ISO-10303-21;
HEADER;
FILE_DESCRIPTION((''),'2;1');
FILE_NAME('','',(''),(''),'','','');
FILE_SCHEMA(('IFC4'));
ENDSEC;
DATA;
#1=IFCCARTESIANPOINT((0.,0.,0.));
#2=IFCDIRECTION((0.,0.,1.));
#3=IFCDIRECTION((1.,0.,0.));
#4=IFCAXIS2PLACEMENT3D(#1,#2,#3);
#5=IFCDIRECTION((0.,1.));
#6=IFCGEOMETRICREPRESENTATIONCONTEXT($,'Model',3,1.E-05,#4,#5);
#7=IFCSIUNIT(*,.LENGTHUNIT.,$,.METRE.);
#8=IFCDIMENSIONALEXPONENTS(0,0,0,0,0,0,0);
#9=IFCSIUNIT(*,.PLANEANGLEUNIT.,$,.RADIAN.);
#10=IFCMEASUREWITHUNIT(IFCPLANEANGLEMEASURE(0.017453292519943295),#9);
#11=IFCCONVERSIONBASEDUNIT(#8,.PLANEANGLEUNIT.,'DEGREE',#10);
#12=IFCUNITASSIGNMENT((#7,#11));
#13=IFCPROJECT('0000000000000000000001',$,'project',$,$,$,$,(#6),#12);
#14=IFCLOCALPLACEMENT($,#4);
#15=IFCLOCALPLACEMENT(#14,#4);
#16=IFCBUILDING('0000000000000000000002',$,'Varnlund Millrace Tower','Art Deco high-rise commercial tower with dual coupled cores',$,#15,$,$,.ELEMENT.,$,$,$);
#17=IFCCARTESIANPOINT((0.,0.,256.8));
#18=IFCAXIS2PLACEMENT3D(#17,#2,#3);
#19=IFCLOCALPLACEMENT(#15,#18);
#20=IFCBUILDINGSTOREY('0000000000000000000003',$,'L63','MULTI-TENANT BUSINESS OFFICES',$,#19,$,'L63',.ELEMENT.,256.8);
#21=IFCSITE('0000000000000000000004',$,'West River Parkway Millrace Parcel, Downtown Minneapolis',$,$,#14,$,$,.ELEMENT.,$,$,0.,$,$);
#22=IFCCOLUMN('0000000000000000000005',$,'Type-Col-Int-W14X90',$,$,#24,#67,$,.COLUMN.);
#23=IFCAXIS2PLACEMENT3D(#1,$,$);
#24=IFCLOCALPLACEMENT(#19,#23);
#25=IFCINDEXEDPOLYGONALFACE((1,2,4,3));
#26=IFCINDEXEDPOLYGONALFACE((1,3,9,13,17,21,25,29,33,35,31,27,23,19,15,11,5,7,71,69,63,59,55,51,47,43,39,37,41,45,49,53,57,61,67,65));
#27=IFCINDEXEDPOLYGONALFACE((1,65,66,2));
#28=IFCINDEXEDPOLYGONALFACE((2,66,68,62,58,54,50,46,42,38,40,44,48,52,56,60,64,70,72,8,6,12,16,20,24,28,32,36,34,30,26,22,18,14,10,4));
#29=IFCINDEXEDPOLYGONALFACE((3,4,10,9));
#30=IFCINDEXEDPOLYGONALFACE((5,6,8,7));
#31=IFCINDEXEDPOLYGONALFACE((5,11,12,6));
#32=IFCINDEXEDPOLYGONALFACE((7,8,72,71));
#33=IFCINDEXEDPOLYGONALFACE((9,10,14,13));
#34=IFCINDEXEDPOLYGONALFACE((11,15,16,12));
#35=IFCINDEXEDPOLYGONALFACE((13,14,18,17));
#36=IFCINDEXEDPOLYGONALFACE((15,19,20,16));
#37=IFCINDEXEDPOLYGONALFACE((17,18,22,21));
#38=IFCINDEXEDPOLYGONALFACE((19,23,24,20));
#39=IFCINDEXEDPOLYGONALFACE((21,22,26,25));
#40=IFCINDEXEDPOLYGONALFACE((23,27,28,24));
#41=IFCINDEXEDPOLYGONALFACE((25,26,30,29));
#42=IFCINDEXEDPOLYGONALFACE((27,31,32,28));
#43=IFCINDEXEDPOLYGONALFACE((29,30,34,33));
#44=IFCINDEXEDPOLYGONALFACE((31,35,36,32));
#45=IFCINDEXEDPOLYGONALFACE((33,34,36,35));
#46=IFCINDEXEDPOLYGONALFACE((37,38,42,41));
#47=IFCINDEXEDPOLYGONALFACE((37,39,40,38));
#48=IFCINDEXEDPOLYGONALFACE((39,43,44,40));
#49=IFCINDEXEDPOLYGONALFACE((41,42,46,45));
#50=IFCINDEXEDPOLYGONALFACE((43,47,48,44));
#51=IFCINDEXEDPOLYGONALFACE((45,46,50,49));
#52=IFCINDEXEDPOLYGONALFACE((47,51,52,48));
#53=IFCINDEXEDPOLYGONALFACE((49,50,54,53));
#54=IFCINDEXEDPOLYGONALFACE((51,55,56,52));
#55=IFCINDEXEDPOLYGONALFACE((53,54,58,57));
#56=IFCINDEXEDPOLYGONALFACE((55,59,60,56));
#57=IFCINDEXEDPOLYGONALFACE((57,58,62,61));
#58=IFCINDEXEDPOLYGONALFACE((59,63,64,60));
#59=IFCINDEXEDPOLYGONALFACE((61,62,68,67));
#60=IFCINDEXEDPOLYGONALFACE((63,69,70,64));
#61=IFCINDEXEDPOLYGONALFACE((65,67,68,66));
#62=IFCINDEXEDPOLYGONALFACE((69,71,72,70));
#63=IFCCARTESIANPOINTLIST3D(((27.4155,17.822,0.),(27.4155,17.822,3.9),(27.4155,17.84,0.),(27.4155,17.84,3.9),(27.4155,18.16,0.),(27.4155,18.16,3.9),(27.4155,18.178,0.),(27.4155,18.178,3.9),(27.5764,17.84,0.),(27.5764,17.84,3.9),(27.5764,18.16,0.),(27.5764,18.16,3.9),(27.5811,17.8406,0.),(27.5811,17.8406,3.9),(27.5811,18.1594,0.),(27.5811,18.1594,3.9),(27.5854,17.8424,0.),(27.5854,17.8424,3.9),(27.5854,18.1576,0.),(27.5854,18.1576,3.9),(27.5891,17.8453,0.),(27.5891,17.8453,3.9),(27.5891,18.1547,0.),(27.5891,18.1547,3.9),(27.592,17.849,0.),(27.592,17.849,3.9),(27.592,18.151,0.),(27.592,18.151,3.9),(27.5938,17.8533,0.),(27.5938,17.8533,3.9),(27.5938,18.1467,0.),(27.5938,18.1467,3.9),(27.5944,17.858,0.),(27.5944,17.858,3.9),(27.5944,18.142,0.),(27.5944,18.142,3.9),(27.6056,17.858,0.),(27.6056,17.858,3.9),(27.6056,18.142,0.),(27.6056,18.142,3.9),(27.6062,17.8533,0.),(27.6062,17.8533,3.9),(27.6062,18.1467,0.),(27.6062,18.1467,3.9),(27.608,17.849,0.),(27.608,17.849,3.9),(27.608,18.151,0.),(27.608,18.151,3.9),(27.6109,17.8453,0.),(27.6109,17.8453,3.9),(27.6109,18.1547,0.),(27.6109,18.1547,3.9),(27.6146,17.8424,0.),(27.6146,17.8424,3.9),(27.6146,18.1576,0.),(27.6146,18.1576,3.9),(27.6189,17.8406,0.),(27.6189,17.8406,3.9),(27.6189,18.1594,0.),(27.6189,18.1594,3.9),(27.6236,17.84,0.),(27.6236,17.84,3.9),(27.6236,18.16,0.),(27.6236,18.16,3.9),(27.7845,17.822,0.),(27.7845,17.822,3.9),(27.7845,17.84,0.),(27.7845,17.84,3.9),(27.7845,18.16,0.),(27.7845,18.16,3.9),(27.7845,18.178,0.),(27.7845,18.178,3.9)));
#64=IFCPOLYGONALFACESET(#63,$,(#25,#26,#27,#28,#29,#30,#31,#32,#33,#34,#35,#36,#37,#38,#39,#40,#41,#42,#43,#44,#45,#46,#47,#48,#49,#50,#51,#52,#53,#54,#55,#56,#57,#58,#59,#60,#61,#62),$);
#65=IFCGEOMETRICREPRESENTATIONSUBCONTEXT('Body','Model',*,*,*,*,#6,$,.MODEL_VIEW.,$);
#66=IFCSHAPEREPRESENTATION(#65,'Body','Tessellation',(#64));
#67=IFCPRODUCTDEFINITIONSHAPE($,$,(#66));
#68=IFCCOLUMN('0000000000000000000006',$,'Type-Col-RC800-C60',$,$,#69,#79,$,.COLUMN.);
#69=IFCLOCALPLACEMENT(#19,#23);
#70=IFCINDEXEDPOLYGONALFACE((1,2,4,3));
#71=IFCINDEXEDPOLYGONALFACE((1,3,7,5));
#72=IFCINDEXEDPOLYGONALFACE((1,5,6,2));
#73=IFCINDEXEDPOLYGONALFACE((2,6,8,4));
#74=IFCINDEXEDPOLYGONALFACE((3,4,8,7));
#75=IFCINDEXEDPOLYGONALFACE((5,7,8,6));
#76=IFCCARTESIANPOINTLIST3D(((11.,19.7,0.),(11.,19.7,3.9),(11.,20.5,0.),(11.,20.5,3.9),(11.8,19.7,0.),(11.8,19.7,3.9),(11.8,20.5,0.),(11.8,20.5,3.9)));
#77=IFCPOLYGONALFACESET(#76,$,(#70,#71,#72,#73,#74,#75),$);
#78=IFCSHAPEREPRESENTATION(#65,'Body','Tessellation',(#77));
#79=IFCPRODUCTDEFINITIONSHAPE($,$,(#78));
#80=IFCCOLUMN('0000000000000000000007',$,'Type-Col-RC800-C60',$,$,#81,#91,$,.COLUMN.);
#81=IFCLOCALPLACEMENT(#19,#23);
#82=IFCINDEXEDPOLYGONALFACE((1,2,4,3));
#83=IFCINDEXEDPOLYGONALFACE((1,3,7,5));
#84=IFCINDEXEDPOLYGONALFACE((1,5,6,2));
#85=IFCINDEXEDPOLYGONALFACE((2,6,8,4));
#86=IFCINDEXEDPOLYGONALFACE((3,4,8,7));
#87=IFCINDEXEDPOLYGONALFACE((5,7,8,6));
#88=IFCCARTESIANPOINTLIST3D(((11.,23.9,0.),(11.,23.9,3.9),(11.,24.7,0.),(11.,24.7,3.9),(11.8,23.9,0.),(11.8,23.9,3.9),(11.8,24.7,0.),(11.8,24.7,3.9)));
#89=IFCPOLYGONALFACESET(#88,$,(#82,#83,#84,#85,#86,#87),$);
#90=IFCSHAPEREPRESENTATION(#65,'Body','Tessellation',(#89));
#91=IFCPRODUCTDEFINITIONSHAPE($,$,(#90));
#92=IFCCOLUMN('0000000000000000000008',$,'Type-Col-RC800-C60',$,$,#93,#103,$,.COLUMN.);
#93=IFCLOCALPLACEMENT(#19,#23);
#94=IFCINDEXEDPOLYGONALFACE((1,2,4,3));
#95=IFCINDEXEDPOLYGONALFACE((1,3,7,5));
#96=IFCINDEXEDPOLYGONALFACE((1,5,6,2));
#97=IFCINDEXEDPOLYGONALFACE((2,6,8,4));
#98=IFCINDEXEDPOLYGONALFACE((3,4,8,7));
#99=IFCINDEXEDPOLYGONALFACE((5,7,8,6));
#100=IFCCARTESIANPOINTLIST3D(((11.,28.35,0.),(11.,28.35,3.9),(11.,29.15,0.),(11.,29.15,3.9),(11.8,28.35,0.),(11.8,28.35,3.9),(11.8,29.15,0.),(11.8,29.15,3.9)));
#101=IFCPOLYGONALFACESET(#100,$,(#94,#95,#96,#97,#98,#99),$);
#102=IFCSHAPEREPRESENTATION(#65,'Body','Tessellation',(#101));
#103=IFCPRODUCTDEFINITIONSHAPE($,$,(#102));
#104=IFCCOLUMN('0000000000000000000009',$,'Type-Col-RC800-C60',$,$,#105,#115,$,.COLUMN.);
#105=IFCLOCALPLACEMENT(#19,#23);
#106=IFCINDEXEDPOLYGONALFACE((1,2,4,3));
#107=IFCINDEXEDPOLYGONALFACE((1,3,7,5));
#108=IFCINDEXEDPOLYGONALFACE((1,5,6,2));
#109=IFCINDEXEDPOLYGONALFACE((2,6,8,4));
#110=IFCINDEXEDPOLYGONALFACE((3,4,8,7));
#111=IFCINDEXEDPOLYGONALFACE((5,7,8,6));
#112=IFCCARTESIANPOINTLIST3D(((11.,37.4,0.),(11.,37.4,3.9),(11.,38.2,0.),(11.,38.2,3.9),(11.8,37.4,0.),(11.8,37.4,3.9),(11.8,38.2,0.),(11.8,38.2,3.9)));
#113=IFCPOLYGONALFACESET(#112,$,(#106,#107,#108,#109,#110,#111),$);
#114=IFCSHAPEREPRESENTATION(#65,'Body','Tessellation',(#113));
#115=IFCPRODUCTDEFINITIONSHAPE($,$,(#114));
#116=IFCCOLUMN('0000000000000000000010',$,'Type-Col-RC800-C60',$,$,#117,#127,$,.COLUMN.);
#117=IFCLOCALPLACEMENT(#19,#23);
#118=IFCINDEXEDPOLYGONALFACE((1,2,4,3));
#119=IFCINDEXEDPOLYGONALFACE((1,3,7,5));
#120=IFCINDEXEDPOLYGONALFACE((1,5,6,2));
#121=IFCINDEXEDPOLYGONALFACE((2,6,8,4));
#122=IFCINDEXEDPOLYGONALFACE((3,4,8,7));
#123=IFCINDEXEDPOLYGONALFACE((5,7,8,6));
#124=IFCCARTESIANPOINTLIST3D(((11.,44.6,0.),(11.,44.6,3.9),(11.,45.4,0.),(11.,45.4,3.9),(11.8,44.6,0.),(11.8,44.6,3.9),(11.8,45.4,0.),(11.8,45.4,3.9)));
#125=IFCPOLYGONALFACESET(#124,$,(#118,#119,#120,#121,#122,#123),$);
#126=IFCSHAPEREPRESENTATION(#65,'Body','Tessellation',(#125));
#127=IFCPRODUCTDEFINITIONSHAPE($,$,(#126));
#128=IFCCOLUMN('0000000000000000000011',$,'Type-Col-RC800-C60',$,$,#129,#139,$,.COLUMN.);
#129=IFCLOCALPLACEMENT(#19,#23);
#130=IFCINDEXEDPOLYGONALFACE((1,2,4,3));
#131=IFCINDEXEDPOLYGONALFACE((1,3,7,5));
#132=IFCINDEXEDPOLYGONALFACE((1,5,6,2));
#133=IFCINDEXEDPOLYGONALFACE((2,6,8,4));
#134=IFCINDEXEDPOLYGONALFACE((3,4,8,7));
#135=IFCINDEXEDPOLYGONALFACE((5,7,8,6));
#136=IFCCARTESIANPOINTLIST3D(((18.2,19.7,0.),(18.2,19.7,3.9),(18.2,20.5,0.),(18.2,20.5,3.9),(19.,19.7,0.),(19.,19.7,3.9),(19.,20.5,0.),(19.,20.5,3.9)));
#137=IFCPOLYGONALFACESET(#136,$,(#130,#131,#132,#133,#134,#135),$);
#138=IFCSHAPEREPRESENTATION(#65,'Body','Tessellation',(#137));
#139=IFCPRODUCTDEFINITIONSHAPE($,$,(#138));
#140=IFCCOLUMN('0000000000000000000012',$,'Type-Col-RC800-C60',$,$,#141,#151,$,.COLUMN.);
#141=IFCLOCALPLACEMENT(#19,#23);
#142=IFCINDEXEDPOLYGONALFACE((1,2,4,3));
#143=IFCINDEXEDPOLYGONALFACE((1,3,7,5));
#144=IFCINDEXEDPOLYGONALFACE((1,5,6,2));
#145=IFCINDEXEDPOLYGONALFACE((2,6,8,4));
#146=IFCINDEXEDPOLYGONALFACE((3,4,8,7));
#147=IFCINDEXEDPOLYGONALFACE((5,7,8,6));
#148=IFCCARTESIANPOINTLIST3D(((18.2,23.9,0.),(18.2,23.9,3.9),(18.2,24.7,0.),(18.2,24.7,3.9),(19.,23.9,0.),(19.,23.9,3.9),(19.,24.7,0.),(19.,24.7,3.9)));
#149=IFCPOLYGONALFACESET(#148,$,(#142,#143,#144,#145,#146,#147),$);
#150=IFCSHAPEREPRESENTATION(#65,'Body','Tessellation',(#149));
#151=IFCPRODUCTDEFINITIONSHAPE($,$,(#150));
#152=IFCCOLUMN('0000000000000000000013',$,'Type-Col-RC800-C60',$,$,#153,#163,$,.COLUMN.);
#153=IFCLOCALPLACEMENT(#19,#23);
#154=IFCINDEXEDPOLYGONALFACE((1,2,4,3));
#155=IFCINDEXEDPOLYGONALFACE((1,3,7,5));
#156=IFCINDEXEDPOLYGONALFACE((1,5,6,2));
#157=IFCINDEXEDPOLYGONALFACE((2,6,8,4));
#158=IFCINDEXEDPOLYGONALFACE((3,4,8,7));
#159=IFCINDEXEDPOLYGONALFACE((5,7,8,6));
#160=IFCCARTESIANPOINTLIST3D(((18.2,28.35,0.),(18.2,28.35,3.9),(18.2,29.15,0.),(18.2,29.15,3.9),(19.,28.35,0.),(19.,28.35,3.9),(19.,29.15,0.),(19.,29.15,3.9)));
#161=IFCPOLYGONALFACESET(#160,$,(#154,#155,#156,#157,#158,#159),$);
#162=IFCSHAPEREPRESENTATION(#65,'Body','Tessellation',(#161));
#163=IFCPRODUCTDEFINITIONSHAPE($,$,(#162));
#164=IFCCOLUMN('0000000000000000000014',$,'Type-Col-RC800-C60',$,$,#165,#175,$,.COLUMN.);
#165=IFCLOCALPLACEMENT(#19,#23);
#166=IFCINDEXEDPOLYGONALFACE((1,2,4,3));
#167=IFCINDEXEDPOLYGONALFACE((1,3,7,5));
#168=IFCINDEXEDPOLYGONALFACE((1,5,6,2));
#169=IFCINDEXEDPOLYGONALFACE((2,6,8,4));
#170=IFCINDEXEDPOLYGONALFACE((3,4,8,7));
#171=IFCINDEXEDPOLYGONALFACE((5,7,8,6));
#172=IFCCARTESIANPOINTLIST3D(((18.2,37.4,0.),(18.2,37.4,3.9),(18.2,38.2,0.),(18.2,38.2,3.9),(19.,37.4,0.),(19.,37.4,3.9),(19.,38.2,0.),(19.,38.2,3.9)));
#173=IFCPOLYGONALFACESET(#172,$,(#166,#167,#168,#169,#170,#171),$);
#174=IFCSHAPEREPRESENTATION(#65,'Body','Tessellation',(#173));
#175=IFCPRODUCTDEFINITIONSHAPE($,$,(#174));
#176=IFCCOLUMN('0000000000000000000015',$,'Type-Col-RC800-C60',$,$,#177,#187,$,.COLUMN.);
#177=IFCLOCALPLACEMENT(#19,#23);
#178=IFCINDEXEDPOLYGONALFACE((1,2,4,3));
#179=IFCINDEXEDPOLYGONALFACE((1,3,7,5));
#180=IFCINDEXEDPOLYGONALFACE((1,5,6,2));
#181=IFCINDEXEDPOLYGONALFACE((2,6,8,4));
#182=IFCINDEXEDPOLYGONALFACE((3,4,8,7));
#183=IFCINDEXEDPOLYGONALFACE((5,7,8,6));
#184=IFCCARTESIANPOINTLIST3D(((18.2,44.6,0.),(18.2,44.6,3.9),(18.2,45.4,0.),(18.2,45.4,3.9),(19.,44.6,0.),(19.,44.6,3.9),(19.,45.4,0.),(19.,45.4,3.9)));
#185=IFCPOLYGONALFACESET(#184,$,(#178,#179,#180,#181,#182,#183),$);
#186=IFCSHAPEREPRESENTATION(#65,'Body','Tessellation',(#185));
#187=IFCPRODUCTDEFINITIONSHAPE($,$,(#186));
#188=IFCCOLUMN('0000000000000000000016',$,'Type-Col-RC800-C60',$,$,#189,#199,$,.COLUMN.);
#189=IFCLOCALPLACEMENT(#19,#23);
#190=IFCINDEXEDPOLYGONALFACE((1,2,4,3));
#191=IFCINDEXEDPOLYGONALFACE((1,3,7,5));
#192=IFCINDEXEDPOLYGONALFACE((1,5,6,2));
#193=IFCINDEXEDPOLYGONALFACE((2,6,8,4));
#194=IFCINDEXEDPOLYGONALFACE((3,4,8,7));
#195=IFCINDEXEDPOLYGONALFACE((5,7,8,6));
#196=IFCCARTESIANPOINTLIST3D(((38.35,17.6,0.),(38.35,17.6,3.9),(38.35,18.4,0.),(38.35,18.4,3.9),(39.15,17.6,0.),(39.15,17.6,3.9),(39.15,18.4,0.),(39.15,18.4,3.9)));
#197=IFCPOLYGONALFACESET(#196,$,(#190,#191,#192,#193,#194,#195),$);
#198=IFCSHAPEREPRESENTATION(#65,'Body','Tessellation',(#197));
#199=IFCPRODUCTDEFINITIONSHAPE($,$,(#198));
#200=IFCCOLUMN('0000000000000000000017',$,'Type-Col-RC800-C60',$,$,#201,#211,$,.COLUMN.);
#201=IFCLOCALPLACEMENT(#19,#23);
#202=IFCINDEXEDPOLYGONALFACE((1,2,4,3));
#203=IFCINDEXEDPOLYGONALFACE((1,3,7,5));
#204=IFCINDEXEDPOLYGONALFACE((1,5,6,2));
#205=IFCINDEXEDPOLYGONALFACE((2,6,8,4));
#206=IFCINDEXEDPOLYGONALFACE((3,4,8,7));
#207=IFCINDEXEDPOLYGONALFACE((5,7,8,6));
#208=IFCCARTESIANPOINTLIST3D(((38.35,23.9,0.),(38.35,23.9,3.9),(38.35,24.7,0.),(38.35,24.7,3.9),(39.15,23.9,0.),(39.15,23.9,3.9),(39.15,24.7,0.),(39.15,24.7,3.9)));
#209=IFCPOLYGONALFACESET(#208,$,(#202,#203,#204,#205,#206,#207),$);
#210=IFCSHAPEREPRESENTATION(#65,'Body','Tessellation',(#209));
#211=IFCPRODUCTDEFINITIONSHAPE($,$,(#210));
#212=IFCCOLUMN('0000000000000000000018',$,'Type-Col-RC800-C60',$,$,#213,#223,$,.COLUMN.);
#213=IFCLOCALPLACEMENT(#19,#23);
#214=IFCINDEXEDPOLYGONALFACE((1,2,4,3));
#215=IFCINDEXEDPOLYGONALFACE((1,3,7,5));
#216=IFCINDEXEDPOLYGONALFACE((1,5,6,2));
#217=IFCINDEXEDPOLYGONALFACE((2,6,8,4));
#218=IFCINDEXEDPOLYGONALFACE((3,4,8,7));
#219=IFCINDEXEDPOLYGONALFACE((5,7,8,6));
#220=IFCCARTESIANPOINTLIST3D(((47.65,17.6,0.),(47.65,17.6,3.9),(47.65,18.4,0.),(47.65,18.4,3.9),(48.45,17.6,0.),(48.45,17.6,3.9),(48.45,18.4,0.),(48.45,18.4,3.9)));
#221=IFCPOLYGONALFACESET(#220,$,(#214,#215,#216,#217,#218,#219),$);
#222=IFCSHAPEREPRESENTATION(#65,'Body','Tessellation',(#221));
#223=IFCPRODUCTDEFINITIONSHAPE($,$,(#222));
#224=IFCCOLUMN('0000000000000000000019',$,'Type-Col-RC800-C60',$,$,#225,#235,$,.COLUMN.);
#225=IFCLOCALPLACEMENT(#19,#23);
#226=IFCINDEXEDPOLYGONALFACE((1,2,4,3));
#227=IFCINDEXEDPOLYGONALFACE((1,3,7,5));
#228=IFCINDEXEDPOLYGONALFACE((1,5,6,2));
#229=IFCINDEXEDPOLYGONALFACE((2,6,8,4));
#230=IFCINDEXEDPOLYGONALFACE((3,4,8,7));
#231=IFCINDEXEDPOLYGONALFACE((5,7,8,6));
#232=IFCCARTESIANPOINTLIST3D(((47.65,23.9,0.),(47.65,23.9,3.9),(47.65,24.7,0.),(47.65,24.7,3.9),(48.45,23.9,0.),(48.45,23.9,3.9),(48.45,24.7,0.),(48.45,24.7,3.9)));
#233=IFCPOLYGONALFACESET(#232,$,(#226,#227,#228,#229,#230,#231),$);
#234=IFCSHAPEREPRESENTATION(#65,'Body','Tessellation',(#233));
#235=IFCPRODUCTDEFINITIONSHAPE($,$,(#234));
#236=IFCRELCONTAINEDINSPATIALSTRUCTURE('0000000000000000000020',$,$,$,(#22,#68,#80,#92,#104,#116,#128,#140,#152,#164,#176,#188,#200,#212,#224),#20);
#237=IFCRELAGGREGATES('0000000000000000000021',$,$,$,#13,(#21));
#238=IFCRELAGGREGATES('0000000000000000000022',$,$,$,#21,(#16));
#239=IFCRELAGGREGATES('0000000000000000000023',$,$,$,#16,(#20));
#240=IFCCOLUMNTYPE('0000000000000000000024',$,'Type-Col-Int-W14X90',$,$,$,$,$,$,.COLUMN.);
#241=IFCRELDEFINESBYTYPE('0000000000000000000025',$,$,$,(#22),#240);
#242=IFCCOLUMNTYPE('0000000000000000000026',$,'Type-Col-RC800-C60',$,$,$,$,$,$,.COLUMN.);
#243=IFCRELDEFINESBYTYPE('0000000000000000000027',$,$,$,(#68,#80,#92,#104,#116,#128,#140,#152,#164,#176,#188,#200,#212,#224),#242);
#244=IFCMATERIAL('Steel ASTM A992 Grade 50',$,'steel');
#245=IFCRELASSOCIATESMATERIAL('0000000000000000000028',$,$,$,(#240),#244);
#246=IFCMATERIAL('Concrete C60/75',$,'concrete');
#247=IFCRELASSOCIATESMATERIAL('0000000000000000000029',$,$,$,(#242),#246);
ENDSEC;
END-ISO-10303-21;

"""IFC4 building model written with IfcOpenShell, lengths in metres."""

from ifc_helpers import new_model, entity, si_unit, converted_unit, direction, frame, origin_with_axes, origin_2d_with_axis, place, context, subcontext, project, spatial, rectangle, i_section, extrude, material, material_profile, profile_set, type_object, element, save


model = new_model("IFC4")

# Units and contexts
model_context = context("Model", 3, precision=1e-05, world=origin_with_axes(), true_north=direction((0.0, 1.0)))
body_context = subcontext(model_context, "Body", "Model", "MODEL_VIEW")
ifc_project = project(units=[si_unit("LENGTHUNIT", "METRE"), converted_unit("PLANEANGLEUNIT", "DEGREE", entity("IfcPlaneAngleMeasure", 0.017453292519943295), si_unit("PLANEANGLEUNIT", "RADIAN"), dimensions=[0, 0, 0, 0, 0, 0, 0])], contexts=[model_context])

# Site, building, storey
site_placement = place(None, origin_with_axes())
site = spatial("IfcSite", under=ifc_project, at=site_placement, Name="West River Parkway Millrace Parcel, Downtown Minneapolis", CompositionType="ELEMENT", RefElevation=0.0)
building_placement = place(site_placement, origin_with_axes())
building = spatial("IfcBuilding", under=site, at=building_placement, Name="Varnlund Millrace Tower", Description="Art Deco high-rise commercial tower with dual coupled cores", CompositionType="ELEMENT")
storey_placement = place(building_placement, frame((0.0, 0.0, 256.8), z_axis=(0.0, 0.0, 1.0), x_axis=(1.0, 0.0, 0.0)))
storey = spatial("IfcBuildingStorey", under=building, at=storey_placement, Name="L63", Description="MULTI-TENANT BUSINESS OFFICES", LongName="L63", CompositionType="ELEMENT", Elevation=256.8)

# Columns
ifc_material_1 = material(Name="Steel ASTM A992 Grade 50", Category="steel")
ifc_material_profile_1 = material_profile(ifc_material_1, i_section(OverallWidth=0.369, OverallDepth=0.356, WebThickness=0.0112, FlangeThickness=0.018, FilletRadius=0.018, at=origin_2d_with_axis()), Name="Steel ASTM A992 Grade 50")
ifc_profile_set_1 = profile_set([ifc_material_profile_1], Name="Steel ASTM A992 Grade 50")
column_type_1 = type_object("IfcColumnType", Name="Type-Col-Int-W14X90", PredefinedType="COLUMN", material=ifc_profile_set_1)
column_placement = place(storey_placement, frame((27.6, 18.0, 0.0), z_axis=(0.0, 0.0, 1.0), x_axis=(1.0, 0.0, 0.0)))
element("IfcColumn", 1, at=column_placement, inside=storey, type_object=column_type_1, Name="Type-Col-Int-W14X90", PredefinedType="COLUMN", context=body_context, shape_type="SweptSolid", body=[
    extrude(i_section(OverallWidth=0.369, OverallDepth=0.356, WebThickness=0.0112, FlangeThickness=0.018, FilletRadius=0.018, at=origin_2d_with_axis()), origin_with_axes(), (0.0, 0.0, 1.0), 3.9),
])
ifc_material_2 = material(Name="Concrete C60/75", Category="concrete")
ifc_material_profile_2 = material_profile(ifc_material_2, rectangle(XDim=0.8, YDim=0.8, at=origin_2d_with_axis()), Name="Concrete C60/75")
ifc_profile_set_2 = profile_set([ifc_material_profile_2], Name="Concrete C60/75")
column_type_2 = type_object("IfcColumnType", Name="Type-Col-RC800-C60", PredefinedType="COLUMN", material=ifc_profile_set_2)
for number, where, z_axis, x_axis, name in (
    (2, (11.4, 20.1, 0.0), (0.0, 0.0, 1.0), (1.0, 0.0, 0.0), "Type-Col-RC800-C60"),
    (3, (11.4, 24.3, 0.0), (0.0, 0.0, 1.0), (1.0, 0.0, 0.0), "Type-Col-RC800-C60"),
    (4, (11.4, 28.75, 0.0), (0.0, 0.0, 1.0), (1.0, 0.0, 0.0), "Type-Col-RC800-C60"),
    (5, (11.4, 37.8, 0.0), (0.0, 0.0, 1.0), (1.0, 0.0, 0.0), "Type-Col-RC800-C60"),
    (6, (11.4, 45.0, 0.0), (0.0, 0.0, 1.0), (1.0, 0.0, 0.0), "Type-Col-RC800-C60"),
    (7, (18.6, 20.1, 0.0), (0.0, 0.0, 1.0), (1.0, 0.0, 0.0), "Type-Col-RC800-C60"),
    (8, (18.6, 24.3, 0.0), (0.0, 0.0, 1.0), (1.0, 0.0, 0.0), "Type-Col-RC800-C60"),
    (9, (18.6, 28.75, 0.0), (0.0, 0.0, 1.0), (1.0, 0.0, 0.0), "Type-Col-RC800-C60"),
    (10, (18.6, 37.8, 0.0), (0.0, 0.0, 1.0), (1.0, 0.0, 0.0), "Type-Col-RC800-C60"),
    (11, (18.6, 45.0, 0.0), (0.0, 0.0, 1.0), (1.0, 0.0, 0.0), "Type-Col-RC800-C60"),
    (12, (38.75, 18.0, 0.0), (0.0, 0.0, 1.0), (1.0, 0.0, 0.0), "Type-Col-RC800-C60"),
    (13, (38.75, 24.3, 0.0), (0.0, 0.0, 1.0), (1.0, 0.0, 0.0), "Type-Col-RC800-C60"),
    (14, (48.05, 18.0, 0.0), (0.0, 0.0, 1.0), (1.0, 0.0, 0.0), "Type-Col-RC800-C60"),
    (15, (48.05, 24.3, 0.0), (0.0, 0.0, 1.0), (1.0, 0.0, 0.0), "Type-Col-RC800-C60"),
):
    element("IfcColumn", number, at=place(storey_placement, frame(where, z_axis=z_axis, x_axis=x_axis)), inside=storey, type_object=column_type_2, Name=name, PredefinedType="COLUMN", context=body_context, shape_type="SweptSolid", body=[
        extrude(rectangle(XDim=0.8, YDim=0.8, at=origin_2d_with_axis()), origin_with_axes(), (0.0, 0.0, 1.0), 3.9),
    ])

save(model, "model.ifc")
